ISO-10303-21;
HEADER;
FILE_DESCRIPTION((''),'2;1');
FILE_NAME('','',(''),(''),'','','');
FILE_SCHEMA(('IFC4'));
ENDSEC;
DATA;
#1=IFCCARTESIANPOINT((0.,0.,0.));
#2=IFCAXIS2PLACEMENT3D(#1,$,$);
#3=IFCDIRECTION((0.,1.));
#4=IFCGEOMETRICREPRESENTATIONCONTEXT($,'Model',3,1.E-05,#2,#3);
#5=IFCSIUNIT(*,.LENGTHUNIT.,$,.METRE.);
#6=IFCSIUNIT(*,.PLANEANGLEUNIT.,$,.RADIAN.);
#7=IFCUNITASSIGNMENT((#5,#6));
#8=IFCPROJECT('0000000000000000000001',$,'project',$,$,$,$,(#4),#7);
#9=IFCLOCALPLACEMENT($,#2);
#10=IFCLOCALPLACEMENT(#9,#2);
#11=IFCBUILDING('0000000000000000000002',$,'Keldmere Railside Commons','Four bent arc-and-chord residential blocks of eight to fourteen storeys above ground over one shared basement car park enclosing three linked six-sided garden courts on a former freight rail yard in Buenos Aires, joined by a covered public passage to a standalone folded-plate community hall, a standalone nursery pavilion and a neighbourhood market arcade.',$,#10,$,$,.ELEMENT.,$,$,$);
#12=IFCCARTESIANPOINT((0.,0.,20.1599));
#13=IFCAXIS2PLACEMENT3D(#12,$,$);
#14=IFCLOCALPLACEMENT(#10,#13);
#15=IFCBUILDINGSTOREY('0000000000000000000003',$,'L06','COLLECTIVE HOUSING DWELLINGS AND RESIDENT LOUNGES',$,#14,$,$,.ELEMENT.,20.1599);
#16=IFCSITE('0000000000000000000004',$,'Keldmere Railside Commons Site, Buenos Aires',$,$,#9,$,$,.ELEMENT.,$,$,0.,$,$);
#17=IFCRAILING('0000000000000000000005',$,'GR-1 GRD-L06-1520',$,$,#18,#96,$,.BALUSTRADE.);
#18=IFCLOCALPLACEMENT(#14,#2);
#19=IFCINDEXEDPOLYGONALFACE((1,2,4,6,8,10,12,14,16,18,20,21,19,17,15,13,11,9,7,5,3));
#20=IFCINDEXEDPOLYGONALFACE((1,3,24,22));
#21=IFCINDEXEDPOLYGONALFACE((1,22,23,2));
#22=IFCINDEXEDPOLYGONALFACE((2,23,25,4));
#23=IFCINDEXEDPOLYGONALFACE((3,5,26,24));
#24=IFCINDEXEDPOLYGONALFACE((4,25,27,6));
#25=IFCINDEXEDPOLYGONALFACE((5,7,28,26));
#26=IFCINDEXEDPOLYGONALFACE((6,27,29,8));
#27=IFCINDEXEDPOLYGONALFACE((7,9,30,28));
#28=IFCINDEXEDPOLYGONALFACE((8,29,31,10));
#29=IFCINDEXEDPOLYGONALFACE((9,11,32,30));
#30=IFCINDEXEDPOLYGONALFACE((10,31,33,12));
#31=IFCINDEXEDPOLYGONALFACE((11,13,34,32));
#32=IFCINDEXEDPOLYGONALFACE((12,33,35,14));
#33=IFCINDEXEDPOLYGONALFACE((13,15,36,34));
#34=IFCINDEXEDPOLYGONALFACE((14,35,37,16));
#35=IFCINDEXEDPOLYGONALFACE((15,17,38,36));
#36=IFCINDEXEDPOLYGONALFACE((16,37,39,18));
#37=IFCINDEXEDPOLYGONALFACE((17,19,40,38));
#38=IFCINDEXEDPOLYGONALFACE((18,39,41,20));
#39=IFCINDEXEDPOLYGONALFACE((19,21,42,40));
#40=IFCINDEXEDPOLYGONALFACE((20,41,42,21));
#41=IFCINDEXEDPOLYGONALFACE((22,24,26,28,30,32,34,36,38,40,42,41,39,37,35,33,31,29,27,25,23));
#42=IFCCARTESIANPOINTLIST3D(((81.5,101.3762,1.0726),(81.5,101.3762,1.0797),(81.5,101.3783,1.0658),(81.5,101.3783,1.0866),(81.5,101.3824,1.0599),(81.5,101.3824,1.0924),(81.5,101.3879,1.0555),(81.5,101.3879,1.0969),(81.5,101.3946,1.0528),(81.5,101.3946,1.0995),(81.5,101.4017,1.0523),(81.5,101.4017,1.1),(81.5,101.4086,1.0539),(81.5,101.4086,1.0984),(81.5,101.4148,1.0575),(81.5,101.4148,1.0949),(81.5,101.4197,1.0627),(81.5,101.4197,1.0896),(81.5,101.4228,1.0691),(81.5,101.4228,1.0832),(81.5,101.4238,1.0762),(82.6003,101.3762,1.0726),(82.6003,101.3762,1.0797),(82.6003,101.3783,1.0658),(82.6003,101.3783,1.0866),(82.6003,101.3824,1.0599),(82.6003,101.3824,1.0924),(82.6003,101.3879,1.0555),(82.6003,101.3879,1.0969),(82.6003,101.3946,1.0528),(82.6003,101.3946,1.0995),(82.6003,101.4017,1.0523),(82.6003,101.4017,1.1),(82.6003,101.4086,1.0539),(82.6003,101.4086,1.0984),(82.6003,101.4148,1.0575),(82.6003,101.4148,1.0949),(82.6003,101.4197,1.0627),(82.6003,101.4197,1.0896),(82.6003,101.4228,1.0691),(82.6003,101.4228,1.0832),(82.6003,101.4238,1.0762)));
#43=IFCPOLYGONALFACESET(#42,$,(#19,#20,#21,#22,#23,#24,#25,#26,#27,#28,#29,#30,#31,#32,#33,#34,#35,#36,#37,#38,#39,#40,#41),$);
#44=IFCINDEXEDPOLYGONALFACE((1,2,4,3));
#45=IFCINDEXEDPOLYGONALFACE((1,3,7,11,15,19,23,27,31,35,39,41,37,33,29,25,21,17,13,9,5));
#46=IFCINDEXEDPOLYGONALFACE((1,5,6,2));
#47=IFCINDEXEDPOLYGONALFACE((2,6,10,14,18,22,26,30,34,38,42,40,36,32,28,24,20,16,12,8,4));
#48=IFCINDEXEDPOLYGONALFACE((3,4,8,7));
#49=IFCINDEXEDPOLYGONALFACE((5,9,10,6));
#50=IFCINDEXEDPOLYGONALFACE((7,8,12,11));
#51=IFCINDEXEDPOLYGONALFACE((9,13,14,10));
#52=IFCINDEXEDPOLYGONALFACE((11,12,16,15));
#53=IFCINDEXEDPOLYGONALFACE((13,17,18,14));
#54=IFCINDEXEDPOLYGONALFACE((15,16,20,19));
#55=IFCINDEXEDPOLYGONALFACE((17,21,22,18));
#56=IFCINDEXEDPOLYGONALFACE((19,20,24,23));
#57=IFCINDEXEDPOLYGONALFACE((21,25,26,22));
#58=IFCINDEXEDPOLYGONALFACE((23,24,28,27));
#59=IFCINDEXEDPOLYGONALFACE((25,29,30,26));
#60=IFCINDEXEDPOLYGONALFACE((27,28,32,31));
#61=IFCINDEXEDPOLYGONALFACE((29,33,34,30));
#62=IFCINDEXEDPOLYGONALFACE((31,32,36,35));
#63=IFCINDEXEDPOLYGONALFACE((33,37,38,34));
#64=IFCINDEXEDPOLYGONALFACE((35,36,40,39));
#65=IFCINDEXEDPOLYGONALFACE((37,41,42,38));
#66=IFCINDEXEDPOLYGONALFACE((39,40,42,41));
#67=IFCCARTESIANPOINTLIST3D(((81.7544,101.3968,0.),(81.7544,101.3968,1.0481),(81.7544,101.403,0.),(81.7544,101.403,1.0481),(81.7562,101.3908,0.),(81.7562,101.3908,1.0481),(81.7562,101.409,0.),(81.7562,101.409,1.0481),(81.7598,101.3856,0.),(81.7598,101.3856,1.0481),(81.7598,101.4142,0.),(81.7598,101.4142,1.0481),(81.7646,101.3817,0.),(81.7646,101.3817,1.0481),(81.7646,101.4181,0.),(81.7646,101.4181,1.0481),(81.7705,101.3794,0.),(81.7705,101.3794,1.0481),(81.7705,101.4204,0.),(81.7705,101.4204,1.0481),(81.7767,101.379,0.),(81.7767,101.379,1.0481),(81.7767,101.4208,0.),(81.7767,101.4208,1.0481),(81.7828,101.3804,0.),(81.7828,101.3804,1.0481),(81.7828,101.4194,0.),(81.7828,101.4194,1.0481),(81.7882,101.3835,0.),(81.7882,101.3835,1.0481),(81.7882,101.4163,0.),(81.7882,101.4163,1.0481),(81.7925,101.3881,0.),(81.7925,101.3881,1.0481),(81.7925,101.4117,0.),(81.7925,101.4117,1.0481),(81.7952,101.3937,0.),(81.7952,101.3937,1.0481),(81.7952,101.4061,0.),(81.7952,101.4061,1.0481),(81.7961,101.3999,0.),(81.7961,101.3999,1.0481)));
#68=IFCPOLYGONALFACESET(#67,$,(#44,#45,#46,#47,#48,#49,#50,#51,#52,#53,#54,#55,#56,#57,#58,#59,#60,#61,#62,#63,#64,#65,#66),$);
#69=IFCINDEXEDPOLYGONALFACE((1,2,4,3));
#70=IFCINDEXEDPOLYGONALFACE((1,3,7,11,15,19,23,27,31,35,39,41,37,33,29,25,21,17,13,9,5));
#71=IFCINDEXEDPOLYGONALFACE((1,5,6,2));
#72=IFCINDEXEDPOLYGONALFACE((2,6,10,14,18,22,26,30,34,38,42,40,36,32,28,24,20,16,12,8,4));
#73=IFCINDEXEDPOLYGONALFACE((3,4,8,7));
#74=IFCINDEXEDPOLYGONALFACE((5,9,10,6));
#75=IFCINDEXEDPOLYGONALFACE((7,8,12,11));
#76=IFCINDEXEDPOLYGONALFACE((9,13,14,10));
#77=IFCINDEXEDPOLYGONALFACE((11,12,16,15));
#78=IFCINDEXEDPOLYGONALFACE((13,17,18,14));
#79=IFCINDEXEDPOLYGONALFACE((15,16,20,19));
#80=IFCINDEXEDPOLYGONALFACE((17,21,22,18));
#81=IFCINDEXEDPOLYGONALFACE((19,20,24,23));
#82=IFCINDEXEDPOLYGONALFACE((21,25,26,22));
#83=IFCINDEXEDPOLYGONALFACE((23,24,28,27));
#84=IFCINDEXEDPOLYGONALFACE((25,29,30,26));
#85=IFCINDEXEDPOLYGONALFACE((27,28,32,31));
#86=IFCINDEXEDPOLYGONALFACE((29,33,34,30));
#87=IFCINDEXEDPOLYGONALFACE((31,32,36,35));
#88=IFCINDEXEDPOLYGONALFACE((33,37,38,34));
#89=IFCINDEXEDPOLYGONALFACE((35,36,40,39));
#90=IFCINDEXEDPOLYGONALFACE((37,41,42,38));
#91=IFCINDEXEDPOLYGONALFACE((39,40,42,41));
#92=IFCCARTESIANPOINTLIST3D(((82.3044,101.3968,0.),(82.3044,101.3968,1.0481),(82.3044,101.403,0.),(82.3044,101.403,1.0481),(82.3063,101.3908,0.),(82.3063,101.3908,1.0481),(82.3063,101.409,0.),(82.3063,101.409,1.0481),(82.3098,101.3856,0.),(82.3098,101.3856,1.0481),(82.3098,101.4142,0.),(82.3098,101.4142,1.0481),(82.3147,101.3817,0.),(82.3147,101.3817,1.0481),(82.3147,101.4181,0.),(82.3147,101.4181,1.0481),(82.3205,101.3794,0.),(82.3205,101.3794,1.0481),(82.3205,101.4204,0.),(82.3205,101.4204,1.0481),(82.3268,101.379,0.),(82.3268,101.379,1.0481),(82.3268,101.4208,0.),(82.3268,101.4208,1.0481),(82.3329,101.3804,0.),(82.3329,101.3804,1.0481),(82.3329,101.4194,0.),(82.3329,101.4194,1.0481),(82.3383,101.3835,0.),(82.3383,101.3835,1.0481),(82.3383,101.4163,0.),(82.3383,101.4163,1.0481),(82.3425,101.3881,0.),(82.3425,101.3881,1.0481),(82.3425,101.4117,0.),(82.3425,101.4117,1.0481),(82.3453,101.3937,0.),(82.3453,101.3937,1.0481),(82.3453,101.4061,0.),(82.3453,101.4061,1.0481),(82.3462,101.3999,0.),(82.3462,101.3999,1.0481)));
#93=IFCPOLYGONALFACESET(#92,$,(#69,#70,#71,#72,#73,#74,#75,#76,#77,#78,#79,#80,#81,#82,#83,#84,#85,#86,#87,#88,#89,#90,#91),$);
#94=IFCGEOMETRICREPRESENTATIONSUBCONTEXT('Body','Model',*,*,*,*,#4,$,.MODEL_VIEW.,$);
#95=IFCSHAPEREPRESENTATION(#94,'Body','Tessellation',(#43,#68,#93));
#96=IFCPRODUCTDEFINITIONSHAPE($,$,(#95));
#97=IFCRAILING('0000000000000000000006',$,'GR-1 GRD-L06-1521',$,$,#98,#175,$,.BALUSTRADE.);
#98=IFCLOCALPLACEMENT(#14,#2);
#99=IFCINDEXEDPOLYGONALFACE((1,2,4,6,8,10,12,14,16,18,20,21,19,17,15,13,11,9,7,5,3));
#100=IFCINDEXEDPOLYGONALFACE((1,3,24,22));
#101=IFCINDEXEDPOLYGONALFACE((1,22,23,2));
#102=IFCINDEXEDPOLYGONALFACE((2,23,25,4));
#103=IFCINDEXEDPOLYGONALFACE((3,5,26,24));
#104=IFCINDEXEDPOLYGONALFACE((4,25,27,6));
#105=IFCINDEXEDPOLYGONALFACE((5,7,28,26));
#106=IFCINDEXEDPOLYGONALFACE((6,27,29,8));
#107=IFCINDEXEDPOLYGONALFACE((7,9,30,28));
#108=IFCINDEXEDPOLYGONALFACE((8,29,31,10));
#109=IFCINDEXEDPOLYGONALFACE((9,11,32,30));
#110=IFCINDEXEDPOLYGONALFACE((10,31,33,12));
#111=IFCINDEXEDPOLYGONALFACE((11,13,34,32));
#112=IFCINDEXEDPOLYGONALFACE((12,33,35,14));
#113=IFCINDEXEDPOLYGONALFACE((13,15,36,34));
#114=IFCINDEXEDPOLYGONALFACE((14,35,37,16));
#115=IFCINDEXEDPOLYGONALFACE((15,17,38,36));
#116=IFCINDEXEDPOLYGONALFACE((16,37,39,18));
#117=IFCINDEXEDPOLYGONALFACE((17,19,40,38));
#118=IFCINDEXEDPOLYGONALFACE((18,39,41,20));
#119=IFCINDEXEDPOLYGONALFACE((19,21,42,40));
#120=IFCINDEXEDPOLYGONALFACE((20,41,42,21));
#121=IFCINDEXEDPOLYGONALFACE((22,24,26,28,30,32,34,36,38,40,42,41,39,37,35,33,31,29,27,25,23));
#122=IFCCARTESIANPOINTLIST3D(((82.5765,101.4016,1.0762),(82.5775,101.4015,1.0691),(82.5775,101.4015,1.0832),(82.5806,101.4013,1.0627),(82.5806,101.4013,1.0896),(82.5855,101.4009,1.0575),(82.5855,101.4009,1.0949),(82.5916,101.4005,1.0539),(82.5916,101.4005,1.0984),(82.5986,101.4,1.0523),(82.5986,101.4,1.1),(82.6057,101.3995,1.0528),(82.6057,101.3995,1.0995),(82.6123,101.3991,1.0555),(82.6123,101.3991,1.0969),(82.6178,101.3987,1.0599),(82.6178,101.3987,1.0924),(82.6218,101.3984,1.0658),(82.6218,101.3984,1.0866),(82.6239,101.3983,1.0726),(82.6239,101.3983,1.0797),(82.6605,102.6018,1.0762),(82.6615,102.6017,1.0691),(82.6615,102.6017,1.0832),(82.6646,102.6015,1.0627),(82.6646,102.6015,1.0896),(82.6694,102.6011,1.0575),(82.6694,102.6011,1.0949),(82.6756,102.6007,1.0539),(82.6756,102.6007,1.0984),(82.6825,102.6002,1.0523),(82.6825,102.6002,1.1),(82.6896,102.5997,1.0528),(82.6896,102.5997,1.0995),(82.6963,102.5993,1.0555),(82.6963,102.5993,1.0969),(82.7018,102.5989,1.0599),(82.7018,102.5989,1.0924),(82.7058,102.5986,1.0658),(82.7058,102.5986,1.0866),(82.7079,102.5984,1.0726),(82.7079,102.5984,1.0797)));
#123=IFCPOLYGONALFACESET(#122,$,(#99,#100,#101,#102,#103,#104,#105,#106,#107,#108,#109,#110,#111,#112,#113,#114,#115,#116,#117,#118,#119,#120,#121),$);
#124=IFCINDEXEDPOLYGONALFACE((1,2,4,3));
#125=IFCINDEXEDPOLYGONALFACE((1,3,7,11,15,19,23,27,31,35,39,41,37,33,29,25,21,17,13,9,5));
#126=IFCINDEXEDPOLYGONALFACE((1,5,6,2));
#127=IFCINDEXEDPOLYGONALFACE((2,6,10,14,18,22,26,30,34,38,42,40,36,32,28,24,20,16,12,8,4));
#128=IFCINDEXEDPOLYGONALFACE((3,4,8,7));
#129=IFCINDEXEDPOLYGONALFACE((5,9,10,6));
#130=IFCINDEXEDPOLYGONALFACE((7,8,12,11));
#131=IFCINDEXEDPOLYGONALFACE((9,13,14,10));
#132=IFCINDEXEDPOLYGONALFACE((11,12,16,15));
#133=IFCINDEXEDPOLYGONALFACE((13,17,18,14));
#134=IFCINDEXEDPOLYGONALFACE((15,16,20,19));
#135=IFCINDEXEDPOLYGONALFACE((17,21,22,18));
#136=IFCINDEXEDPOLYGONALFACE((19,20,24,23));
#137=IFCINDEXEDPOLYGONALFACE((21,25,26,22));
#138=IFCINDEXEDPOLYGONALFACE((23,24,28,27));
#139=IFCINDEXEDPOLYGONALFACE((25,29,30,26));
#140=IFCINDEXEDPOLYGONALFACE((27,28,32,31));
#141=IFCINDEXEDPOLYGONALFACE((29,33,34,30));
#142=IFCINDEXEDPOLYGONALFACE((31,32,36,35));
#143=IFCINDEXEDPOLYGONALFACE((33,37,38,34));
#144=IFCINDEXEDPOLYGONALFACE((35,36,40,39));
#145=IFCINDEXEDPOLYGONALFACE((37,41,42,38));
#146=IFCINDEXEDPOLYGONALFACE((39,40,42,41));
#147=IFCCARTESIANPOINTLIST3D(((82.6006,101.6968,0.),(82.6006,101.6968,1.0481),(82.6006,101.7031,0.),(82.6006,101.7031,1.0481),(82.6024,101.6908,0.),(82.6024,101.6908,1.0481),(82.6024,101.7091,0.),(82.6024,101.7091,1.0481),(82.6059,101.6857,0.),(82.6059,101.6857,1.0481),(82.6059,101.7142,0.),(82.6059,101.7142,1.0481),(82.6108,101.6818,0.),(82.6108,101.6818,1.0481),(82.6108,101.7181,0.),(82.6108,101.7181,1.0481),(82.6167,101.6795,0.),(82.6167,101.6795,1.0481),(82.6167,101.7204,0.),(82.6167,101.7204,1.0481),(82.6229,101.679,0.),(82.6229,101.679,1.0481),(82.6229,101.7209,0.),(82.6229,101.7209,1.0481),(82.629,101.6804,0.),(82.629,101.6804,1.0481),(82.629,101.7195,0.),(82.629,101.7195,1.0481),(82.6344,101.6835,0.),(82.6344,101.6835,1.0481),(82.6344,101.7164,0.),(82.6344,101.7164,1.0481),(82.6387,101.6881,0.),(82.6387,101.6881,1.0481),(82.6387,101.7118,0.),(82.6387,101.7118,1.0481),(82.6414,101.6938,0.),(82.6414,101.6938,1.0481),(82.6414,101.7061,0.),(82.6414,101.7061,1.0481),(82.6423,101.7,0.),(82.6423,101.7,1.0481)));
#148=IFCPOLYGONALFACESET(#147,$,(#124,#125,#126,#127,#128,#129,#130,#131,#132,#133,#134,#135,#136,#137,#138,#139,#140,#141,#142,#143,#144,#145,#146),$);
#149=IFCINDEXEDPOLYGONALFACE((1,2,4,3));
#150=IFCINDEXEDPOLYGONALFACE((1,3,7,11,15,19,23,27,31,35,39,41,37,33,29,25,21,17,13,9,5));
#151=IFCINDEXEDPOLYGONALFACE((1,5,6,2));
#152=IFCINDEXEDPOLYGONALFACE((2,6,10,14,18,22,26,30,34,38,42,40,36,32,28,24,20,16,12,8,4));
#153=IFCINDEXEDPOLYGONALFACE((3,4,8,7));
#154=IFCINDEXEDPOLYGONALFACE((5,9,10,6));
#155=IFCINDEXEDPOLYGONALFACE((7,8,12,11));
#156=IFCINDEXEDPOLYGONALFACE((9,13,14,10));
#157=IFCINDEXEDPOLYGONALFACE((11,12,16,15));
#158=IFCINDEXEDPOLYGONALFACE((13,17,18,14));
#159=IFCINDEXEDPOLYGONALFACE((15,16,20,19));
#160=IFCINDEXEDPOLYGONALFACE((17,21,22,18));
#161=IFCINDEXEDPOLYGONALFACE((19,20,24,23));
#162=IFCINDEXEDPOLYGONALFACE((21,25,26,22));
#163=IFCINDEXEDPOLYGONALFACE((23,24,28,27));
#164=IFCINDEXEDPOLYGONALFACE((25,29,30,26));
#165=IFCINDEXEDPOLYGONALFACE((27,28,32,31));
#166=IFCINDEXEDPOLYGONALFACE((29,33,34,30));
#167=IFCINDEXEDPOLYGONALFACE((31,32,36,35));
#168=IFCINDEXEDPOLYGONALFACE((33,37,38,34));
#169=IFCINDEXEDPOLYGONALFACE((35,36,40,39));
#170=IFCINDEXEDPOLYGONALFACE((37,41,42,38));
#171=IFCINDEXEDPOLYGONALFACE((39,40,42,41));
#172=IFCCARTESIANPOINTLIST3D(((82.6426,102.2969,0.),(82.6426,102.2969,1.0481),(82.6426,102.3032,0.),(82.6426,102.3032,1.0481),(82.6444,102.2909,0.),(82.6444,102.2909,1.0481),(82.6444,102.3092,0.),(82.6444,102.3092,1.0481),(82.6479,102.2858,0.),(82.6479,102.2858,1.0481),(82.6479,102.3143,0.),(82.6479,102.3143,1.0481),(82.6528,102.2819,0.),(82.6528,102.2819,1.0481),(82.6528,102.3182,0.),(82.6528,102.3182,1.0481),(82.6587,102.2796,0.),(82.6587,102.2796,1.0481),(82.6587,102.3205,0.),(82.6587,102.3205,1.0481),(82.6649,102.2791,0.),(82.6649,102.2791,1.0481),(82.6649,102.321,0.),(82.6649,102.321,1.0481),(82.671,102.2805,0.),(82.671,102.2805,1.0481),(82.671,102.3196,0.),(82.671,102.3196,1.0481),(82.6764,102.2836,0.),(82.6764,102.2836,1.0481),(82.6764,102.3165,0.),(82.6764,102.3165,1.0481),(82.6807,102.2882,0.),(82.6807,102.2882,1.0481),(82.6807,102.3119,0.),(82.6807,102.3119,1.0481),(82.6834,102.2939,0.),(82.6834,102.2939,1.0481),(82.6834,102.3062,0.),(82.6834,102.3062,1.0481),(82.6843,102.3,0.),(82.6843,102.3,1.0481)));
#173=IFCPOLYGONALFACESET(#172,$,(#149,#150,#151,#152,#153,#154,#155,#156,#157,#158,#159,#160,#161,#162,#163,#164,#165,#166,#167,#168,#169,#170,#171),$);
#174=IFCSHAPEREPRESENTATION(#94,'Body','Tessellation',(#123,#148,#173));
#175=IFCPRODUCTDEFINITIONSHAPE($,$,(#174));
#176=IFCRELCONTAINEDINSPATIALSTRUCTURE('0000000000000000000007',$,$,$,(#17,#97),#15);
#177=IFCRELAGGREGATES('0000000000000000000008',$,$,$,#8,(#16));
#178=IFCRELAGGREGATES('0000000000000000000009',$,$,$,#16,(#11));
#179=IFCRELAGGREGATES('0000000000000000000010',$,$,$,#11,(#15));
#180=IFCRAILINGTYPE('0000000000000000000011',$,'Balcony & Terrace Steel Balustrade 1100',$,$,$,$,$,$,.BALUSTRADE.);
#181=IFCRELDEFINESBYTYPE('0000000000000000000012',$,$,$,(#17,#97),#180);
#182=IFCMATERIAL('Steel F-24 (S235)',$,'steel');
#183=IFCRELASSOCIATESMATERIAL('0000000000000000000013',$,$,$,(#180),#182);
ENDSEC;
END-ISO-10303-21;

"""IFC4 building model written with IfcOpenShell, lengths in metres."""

from ifc_helpers import new_model, si_unit, direction, frame, origin, origin_2d, place, context, subcontext, project, spatial, circle, extrude, material, type_object, element, save


model = new_model("IFC4")

# Units and contexts
model_context = context("Model", 3, precision=1e-05, world=origin(), true_north=direction((0.0, 1.0)))
body_context = subcontext(model_context, "Body", "Model", "MODEL_VIEW")
ifc_project = project(units=[si_unit("LENGTHUNIT", "METRE"), si_unit("PLANEANGLEUNIT", "RADIAN")], contexts=[model_context])

# Site, building, storey
site_placement = place(None, origin())
site = spatial("IfcSite", under=ifc_project, at=site_placement, Name="Keldmere Railside Commons Site, Buenos Aires", CompositionType="ELEMENT", RefElevation=0.0)
building_placement = place(site_placement, origin())
building = spatial("IfcBuilding", under=site, at=building_placement, Name="Keldmere Railside Commons", Description="Four bent arc-and-chord residential blocks of eight to fourteen storeys above ground over one shared basement car park enclosing three linked six-sided garden courts on a former freight rail yard in Buenos Aires, joined by a covered public passage to a standalone folded-plate community hall, a standalone nursery pavilion and a neighbourhood market arcade.", CompositionType="ELEMENT")
storey_placement = place(building_placement, frame((0.0, 0.0, 20.1599)))
storey = spatial("IfcBuildingStorey", under=building, at=storey_placement, Name="L06", Description="COLLECTIVE HOUSING DWELLINGS AND RESIDENT LOUNGES", CompositionType="ELEMENT", Elevation=20.1599)

# Railings
ifc_material_1 = material(Name="Steel F-24 (S235)", Category="steel")
railing_type = type_object("IfcRailingType", Name="Balcony & Terrace Steel Balustrade 1100", PredefinedType="BALUSTRADE", material=ifc_material_1)
railing_1_placement = place(storey_placement, frame((81.5, 101.3999, 0.0)))
element("IfcRailing", 1, at=railing_1_placement, inside=storey, type_object=railing_type, Name="GR-1 GRD-L06-1520", PredefinedType="BALUSTRADE", context=body_context, shape_type="SweptSolid", body=[
    extrude(circle(Radius=0.0239, at=origin_2d()), frame((0.0, 0.0, 1.0762), z_axis=(1.0, 0.0, 0.0), x_axis=(0.0, 1.0, 0.0)), (0.0, 0.0, 1.0), 1.1003),
    extrude(circle(Radius=0.021, at=origin_2d()), frame((0.2751, 0.0, 0.0)), (0.0, 0.0, 1.0), 1.0481),
    extrude(circle(Radius=0.021, at=origin_2d()), frame((0.8252, 0.0, 0.0)), (0.0, 0.0, 1.0), 1.0481),
])
railing_2_placement = place(storey_placement, frame((82.6003, 101.3999, 0.0)))
element("IfcRailing", 2, at=railing_2_placement, inside=storey, type_object=railing_type, Name="GR-1 GRD-L06-1521", PredefinedType="BALUSTRADE", context=body_context, shape_type="SweptSolid", body=[
    extrude(circle(Radius=0.0239, at=origin_2d()), frame((0.0, 0.0, 1.0762), z_axis=(0.069805, 0.997561, 0.0), x_axis=(-0.997561, 0.069805, 0.0)), (0.0, 0.0, 1.0), 1.2031),
    extrude(circle(Radius=0.021, at=origin_2d()), frame((0.021, 0.3, 0.0)), (0.0, 0.0, 1.0), 1.0481),
    extrude(circle(Radius=0.021, at=origin_2d()), frame((0.063, 0.9001, 0.0)), (0.0, 0.0, 1.0), 1.0481),
])

save(model, "model.ifc")
